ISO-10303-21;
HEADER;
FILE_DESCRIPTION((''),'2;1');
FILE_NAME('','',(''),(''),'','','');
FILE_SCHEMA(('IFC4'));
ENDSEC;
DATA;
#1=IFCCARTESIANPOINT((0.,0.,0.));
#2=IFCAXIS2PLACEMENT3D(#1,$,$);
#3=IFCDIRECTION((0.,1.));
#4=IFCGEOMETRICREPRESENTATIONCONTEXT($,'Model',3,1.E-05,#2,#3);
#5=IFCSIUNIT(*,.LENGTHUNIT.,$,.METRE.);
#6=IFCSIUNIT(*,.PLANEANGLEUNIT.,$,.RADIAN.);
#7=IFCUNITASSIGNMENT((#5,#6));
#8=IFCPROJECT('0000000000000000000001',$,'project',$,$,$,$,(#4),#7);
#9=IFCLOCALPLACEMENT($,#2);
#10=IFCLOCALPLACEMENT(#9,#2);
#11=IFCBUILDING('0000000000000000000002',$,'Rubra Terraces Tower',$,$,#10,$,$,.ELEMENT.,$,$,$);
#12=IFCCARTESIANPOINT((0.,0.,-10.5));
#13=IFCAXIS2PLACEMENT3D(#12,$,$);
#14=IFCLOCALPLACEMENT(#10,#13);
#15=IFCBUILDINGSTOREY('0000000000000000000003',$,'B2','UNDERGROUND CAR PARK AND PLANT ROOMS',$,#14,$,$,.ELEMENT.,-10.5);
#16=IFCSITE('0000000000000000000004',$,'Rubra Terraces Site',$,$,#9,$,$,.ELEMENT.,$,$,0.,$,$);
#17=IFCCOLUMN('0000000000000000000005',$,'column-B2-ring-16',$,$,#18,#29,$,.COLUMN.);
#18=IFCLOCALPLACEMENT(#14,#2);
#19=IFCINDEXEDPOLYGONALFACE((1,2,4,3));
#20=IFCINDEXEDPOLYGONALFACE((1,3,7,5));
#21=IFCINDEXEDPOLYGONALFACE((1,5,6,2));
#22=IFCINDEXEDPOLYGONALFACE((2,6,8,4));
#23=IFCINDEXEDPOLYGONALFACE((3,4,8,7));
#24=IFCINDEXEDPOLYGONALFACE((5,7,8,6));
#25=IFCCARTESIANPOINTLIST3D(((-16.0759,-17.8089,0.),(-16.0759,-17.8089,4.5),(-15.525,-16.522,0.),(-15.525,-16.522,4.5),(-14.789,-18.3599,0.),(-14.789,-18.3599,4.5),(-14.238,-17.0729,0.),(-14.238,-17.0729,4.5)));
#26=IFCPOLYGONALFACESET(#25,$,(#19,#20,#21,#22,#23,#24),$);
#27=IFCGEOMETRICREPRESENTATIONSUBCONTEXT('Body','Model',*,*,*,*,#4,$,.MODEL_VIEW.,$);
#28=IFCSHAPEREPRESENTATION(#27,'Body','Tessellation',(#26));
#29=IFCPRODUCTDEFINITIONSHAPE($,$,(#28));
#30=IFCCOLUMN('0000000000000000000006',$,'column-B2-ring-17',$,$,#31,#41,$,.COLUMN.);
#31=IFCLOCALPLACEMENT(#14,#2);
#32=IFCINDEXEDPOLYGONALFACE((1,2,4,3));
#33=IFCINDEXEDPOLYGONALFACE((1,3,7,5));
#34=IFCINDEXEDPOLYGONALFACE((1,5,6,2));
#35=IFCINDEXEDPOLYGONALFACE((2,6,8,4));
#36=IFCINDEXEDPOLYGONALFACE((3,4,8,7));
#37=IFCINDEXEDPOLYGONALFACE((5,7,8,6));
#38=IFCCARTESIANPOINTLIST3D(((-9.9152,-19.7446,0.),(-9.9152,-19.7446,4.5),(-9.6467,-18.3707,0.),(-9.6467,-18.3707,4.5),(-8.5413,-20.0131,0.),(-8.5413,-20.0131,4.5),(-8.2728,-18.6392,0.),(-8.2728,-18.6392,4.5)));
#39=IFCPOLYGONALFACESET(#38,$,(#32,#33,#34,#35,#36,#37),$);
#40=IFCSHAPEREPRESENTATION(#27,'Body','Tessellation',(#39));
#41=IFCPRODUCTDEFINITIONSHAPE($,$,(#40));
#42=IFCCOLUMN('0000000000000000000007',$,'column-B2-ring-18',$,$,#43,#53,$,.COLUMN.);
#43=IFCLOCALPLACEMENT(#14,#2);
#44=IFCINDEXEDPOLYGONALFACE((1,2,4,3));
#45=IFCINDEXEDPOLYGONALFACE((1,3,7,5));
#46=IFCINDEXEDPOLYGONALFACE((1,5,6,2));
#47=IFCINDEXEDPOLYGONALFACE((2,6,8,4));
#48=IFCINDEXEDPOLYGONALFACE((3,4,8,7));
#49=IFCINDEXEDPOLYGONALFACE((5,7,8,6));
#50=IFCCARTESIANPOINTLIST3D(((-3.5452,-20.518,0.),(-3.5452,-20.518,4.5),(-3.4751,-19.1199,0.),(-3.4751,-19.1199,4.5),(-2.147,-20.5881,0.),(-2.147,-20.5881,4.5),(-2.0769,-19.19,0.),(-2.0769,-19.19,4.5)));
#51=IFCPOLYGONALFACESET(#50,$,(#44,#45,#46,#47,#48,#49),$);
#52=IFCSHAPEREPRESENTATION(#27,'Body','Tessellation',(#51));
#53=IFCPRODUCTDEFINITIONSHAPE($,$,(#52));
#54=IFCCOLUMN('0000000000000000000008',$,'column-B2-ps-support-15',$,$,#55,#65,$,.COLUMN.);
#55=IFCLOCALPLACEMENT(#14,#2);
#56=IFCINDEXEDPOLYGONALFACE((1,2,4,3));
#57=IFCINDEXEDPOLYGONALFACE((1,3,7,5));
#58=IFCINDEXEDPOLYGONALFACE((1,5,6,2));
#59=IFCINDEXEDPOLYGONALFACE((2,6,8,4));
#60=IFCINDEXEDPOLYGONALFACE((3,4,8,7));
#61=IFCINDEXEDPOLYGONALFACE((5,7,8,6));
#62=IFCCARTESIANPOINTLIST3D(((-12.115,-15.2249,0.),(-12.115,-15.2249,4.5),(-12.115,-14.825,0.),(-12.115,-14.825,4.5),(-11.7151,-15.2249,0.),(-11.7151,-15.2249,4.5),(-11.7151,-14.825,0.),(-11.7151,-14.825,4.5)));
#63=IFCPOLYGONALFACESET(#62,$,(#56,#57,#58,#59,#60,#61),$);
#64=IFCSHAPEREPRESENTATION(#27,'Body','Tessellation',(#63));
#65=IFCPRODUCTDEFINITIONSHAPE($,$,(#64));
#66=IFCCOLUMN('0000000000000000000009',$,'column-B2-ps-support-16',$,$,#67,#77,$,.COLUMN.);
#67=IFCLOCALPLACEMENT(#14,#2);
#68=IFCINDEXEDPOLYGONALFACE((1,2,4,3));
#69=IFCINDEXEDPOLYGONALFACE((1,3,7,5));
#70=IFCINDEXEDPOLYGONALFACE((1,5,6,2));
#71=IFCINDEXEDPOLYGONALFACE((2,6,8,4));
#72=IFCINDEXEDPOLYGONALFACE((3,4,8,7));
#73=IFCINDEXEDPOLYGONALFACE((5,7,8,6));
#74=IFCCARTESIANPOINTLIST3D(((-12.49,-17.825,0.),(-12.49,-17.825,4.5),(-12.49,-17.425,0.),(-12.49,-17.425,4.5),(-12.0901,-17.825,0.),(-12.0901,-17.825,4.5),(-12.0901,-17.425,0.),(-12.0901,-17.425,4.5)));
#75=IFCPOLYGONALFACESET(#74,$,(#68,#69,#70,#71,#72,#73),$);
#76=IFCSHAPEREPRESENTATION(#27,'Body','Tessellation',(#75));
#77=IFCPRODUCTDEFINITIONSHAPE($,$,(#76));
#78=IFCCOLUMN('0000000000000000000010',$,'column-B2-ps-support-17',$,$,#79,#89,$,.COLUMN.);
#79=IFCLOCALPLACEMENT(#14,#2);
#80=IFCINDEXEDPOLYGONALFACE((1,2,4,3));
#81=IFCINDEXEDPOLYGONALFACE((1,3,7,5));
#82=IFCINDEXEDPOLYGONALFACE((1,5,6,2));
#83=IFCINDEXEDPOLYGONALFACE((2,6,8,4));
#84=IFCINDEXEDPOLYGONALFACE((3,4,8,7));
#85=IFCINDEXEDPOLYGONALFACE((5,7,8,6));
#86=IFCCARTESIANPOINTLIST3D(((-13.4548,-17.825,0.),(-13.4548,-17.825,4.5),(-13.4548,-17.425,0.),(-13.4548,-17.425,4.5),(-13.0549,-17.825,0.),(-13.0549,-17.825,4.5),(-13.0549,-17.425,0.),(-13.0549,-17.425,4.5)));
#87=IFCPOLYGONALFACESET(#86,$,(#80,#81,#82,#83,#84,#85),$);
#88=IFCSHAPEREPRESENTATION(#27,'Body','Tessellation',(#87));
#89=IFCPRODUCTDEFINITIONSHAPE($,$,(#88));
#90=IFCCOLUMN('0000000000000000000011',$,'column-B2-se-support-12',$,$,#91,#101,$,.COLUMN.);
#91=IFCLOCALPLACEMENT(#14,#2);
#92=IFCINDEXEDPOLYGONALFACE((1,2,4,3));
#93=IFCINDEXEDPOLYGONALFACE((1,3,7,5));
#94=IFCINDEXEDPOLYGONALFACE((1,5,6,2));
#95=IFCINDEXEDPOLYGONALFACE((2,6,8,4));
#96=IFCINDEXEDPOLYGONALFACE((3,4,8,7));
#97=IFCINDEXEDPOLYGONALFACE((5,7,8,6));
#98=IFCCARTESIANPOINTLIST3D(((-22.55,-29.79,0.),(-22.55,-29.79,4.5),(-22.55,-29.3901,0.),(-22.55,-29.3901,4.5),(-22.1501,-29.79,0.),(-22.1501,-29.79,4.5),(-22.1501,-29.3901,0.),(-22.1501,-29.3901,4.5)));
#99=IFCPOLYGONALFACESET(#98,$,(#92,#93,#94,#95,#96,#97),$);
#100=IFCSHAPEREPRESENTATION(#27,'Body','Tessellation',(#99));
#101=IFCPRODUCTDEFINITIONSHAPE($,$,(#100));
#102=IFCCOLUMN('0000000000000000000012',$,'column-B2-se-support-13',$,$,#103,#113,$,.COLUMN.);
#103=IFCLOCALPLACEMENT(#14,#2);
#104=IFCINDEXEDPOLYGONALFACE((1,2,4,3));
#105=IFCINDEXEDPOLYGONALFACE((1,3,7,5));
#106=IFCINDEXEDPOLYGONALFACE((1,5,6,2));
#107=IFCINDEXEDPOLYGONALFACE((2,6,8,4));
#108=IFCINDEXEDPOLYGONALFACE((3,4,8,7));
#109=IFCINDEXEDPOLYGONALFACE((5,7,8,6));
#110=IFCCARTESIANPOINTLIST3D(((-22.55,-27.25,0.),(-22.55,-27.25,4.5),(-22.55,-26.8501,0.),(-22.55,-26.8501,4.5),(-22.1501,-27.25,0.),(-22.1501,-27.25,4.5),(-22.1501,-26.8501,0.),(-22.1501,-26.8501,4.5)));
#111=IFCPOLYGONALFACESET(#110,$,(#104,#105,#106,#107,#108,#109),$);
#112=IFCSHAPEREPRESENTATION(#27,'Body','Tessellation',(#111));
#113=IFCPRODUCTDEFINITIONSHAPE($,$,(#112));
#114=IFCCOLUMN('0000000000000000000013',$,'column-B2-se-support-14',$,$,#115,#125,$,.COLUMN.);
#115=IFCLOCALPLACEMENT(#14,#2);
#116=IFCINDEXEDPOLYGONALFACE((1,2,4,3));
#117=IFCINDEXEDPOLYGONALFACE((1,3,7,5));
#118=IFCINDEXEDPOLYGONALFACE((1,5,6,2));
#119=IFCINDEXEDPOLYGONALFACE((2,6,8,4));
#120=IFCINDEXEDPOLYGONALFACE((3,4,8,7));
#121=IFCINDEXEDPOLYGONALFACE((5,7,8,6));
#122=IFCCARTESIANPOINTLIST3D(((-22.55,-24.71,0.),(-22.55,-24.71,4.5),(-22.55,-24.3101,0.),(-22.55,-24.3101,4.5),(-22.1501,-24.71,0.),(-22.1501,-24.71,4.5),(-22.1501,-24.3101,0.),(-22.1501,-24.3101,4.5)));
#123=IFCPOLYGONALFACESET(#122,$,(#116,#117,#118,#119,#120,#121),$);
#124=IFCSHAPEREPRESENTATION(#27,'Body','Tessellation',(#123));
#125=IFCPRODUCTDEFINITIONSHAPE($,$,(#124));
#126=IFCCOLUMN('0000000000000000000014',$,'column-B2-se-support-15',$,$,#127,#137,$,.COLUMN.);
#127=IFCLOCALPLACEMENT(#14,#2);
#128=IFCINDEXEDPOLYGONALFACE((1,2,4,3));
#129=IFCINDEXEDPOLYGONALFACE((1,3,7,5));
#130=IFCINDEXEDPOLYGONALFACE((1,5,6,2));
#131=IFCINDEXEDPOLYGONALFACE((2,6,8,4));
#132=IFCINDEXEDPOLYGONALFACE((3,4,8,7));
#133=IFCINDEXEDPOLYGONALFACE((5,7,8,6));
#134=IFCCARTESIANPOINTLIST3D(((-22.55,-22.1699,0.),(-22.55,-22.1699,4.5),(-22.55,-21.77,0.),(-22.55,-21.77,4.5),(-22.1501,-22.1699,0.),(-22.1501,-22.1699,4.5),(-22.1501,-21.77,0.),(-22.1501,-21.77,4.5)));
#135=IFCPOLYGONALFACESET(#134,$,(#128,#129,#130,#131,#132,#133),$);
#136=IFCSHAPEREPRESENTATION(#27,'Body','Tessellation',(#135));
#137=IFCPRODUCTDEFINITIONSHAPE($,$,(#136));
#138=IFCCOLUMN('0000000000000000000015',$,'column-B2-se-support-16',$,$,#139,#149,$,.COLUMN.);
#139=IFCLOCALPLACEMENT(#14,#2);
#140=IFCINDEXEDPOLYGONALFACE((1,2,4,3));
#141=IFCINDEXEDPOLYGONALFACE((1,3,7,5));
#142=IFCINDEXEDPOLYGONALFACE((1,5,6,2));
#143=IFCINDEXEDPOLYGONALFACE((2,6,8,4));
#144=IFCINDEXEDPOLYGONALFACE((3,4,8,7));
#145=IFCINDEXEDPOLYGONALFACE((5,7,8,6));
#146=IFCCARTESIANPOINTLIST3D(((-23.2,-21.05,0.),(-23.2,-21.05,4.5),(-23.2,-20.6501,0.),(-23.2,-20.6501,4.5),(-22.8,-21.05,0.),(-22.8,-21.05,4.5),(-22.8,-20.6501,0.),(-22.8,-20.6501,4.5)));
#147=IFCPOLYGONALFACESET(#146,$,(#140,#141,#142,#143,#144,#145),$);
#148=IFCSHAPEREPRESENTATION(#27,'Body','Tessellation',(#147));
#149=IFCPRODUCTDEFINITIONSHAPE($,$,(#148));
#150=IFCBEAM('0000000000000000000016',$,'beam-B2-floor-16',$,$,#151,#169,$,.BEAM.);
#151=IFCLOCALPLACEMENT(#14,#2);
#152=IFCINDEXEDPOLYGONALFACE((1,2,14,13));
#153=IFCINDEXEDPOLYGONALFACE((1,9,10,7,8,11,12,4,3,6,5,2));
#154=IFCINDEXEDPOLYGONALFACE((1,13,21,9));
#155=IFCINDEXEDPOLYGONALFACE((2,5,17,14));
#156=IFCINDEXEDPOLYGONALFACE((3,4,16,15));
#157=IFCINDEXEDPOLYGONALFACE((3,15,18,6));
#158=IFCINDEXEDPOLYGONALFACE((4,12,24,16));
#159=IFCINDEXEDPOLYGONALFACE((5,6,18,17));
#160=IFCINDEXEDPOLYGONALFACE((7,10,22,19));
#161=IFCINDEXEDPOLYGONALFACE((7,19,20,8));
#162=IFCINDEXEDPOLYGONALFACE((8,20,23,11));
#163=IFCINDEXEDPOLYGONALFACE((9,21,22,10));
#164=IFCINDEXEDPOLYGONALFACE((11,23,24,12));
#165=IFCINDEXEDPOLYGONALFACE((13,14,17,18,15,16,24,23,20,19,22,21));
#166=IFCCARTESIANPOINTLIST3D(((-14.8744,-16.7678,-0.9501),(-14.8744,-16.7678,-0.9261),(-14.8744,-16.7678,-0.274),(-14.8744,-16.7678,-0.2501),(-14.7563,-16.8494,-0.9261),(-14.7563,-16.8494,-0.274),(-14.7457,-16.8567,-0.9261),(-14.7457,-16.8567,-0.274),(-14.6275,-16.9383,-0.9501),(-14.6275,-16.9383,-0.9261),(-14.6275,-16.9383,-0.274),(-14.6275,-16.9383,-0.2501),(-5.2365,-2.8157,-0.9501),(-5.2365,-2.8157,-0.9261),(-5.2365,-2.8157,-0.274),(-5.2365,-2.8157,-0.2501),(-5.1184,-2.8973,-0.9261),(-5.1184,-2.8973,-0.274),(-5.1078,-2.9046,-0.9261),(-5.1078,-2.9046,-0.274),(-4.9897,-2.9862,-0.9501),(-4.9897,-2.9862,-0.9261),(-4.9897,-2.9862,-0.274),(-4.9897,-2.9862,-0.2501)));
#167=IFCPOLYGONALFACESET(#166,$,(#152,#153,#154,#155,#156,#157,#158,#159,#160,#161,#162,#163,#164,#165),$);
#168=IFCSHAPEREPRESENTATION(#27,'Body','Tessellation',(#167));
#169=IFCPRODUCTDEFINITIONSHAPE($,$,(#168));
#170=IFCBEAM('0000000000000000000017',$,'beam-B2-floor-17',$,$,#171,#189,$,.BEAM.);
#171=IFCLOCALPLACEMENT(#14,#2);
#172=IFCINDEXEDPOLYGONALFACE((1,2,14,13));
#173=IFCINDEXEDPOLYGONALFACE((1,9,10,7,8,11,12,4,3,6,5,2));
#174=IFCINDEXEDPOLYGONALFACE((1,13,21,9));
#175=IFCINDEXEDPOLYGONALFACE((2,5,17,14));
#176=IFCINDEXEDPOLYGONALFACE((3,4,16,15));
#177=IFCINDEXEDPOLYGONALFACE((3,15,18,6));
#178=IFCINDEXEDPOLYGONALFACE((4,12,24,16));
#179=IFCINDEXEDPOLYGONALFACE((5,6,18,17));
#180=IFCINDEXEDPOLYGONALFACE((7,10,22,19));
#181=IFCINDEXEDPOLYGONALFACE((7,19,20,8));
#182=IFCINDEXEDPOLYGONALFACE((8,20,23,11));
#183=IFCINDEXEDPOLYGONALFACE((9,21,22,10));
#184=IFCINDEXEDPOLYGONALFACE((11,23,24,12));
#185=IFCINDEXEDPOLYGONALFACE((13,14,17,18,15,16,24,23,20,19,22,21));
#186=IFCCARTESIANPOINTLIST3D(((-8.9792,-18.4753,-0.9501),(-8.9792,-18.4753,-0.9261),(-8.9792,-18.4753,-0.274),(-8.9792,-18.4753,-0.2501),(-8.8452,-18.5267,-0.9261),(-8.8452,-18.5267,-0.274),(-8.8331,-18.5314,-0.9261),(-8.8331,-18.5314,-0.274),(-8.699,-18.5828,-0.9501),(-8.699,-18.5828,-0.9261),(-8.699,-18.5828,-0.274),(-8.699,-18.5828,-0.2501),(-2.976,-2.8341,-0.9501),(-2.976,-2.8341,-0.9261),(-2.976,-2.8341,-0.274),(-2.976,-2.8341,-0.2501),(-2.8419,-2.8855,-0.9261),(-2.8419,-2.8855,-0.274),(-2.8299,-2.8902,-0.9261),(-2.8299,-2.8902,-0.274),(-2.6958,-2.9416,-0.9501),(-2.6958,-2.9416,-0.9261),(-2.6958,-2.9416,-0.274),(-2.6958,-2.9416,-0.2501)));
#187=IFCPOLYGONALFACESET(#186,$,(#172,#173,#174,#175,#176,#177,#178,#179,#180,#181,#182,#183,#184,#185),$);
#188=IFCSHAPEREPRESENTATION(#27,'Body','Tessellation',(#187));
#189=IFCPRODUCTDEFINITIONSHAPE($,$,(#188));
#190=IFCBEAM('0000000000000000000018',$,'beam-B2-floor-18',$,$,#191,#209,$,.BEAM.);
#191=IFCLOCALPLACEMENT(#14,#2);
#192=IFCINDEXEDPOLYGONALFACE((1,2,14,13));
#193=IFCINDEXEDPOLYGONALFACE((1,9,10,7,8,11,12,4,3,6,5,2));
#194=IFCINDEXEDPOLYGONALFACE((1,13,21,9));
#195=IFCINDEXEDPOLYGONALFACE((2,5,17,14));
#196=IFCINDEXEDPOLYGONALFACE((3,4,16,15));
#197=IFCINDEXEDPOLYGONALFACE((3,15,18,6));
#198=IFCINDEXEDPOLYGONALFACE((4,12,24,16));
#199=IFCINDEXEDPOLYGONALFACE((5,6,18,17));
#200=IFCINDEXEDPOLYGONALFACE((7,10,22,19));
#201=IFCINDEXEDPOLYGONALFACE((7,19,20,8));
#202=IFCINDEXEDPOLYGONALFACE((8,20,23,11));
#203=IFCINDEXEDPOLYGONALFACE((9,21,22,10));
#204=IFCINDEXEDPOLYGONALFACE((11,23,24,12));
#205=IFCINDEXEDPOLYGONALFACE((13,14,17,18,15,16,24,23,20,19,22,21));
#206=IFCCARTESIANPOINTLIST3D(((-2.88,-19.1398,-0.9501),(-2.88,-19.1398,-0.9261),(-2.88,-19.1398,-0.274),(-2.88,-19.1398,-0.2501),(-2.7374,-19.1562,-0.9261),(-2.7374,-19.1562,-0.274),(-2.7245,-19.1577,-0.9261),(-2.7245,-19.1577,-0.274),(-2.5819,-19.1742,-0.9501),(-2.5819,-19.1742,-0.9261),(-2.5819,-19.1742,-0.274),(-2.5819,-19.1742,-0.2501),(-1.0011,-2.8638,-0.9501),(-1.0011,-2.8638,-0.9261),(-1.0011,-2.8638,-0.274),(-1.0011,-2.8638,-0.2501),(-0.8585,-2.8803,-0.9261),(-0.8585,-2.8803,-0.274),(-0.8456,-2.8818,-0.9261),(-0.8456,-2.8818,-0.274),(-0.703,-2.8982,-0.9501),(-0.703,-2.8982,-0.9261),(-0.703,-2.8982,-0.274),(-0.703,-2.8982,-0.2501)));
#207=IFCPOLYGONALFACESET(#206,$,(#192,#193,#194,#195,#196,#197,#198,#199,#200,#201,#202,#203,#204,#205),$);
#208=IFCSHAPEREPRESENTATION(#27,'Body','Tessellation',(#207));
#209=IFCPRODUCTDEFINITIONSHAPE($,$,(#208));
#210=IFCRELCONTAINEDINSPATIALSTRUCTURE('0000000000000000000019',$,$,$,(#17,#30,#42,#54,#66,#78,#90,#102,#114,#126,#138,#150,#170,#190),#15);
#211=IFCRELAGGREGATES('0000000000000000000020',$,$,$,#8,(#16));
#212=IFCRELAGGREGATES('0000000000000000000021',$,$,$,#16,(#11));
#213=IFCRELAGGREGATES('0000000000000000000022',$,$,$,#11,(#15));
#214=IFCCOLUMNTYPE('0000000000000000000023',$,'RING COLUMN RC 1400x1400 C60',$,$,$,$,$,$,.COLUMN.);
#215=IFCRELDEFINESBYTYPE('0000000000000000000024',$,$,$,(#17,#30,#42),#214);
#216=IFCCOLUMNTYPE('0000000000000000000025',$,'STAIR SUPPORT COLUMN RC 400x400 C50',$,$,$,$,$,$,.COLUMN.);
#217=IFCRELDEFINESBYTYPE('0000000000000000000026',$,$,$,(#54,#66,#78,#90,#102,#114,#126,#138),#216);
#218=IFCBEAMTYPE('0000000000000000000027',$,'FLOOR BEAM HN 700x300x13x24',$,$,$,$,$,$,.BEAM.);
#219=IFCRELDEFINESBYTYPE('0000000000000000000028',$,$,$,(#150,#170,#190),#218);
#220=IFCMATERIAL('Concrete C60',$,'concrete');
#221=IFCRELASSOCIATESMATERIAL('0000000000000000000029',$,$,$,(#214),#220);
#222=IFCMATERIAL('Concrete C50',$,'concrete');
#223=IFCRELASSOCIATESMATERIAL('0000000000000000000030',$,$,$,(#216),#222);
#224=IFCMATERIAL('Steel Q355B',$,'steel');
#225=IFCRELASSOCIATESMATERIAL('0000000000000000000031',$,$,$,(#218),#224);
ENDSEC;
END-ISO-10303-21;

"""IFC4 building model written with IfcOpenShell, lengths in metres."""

from ifc_helpers import new_model, si_unit, direction, frame, origin, origin_2d, place, context, subcontext, project, spatial, rectangle, i_section, extrude, material, material_profile, profile_set, type_object, element, save


model = new_model("IFC4")

# Units and contexts
model_context = context("Model", 3, precision=1e-05, world=origin(), true_north=direction((0.0, 1.0)))
body_context = subcontext(model_context, "Body", "Model", "MODEL_VIEW")
ifc_project = project(units=[si_unit("LENGTHUNIT", "METRE"), si_unit("PLANEANGLEUNIT", "RADIAN")], contexts=[model_context])

# Site, building, storey
site_placement = place(None, origin())
site = spatial("IfcSite", under=ifc_project, at=site_placement, Name="Rubra Terraces Site", CompositionType="ELEMENT", RefElevation=0.0)
building_placement = place(site_placement, origin())
building = spatial("IfcBuilding", under=site, at=building_placement, Name="Rubra Terraces Tower", CompositionType="ELEMENT")
storey_placement = place(building_placement, frame((0.0, 0.0, -10.5)))
storey = spatial("IfcBuildingStorey", under=building, at=storey_placement, Name="B2", Description="UNDERGROUND CAR PARK AND PLANT ROOMS", CompositionType="ELEMENT", Elevation=-10.5)

# Columns
ifc_material_1 = material(Name="Concrete C60", Category="concrete")
ifc_material_profile_1 = material_profile(ifc_material_1, rectangle(XDim=1.3999, YDim=1.3999, at=origin_2d()), Name="RC 1400x1400")
ifc_profile_set_1 = profile_set([ifc_material_profile_1], Name="Concrete C60")
column_type_1 = type_object("IfcColumnType", Name="RING COLUMN RC 1400x1400 C60", PredefinedType="COLUMN", material=ifc_profile_set_1)
for number, where, z_axis, x_axis, name in (
    (1, (-15.157, -17.4409, 0.0), (0.0, 0.0, 1.0), (0.919294, -0.393572, 0.0), "column-B2-ring-16"),
    (2, (-9.094, -19.1919, 0.0), (0.0, 0.0, 1.0), (0.98143, -0.191819, 0.0), "column-B2-ring-17"),
    (3, (-2.811, -19.854, 0.0), (0.0, 0.0, 1.0), (0.998745, -0.050084, 0.0), "column-B2-ring-18"),
):
    element("IfcColumn", number, at=place(storey_placement, frame(where, z_axis=z_axis, x_axis=x_axis)), inside=storey, type_object=column_type_1, Name=name, PredefinedType="COLUMN", context=body_context, shape_type="SweptSolid", body=[
        extrude(rectangle(XDim=1.3999, YDim=1.3999, at=origin_2d()), origin(), (0.0, 0.0, 1.0), 4.5),
    ])
ifc_material_2 = material(Name="Concrete C50", Category="concrete")
ifc_material_profile_2 = material_profile(ifc_material_2, rectangle(XDim=0.3999, YDim=0.3999, at=origin_2d()), Name="RC 400x400")
ifc_profile_set_2 = profile_set([ifc_material_profile_2], Name="Concrete C50")
column_type_2 = type_object("IfcColumnType", Name="STAIR SUPPORT COLUMN RC 400x400 C50", PredefinedType="COLUMN", material=ifc_profile_set_2)
for number, where, z_axis, x_axis, name in (
    (4, (-11.915, -15.0249, 0.0), (0.0, 0.0, 1.0), (1.0, 0.0, 0.0), "column-B2-ps-support-15"),
    (5, (-12.29, -17.625, 0.0), (0.0, 0.0, 1.0), (1.0, 0.0, 0.0), "column-B2-ps-support-16"),
    (6, (-13.2549, -17.625, 0.0), (0.0, 0.0, 1.0), (1.0, 0.0, 0.0), "column-B2-ps-support-17"),
    (7, (-22.3501, -29.5901, 0.0), (0.0, 0.0, 1.0), (1.0, 0.0, 0.0), "column-B2-se-support-12"),
    (8, (-22.3501, -27.05, 0.0), (0.0, 0.0, 1.0), (1.0, 0.0, 0.0), "column-B2-se-support-13"),
    (9, (-22.3501, -24.51, 0.0), (0.0, 0.0, 1.0), (1.0, 0.0, 0.0), "column-B2-se-support-14"),
    (10, (-22.3501, -21.97, 0.0), (0.0, 0.0, 1.0), (1.0, 0.0, 0.0), "column-B2-se-support-15"),
    (11, (-23.0, -20.8501, 0.0), (0.0, 0.0, 1.0), (1.0, 0.0, 0.0), "column-B2-se-support-16"),
):
    element("IfcColumn", number, at=place(storey_placement, frame(where, z_axis=z_axis, x_axis=x_axis)), inside=storey, type_object=column_type_2, Name=name, PredefinedType="COLUMN", context=body_context, shape_type="SweptSolid", body=[
        extrude(rectangle(XDim=0.3999, YDim=0.3999, at=origin_2d()), origin(), (0.0, 0.0, 1.0), 4.5),
    ])

# Beams
ifc_material_3 = material(Name="Steel Q355B", Category="steel")
ifc_material_profile_3 = material_profile(ifc_material_3, i_section(OverallWidth=0.3, OverallDepth=0.7, WebThickness=0.0129, FlangeThickness=0.0239, at=origin_2d()), Name="HN 700x300x13x24")
ifc_profile_set_3 = profile_set([ifc_material_profile_3], Name="Steel Q355B")
beam_type_1 = type_object("IfcBeamType", Name="FLOOR BEAM HN 700x300x13x24", PredefinedType="BEAM", material=ifc_profile_set_3)
beam_1_placement = place(storey_placement, frame((-14.751, -16.853, -0.6001), z_axis=(0.568363, 0.822778, 0.0), x_axis=(-0.822778, 0.568363, 0.0)))
element("IfcBeam", 12, at=beam_1_placement, inside=storey, type_object=beam_type_1, Name="beam-B2-floor-16", PredefinedType="BEAM", context=body_context, shape_type="SweptSolid", body=[
    extrude(i_section(OverallWidth=0.3, OverallDepth=0.7, WebThickness=0.0129, FlangeThickness=0.0239, at=origin_2d()), origin(), (0.0, 0.0, 1.0), 16.9573),
])
beam_2_placement = place(storey_placement, frame((-8.8391, -18.5291, -0.6001), z_axis=(0.358322, 0.933598, 0.0), x_axis=(-0.933598, 0.358322, 0.0)))
element("IfcBeam", 13, at=beam_2_placement, inside=storey, type_object=beam_type_1, Name="beam-B2-floor-17", PredefinedType="BEAM", context=body_context, shape_type="SweptSolid", body=[
    extrude(i_section(OverallWidth=0.3, OverallDepth=0.7, WebThickness=0.0129, FlangeThickness=0.0239, at=origin_2d()), origin(), (0.0, 0.0, 1.0), 16.7537),
])
beam_3_placement = place(storey_placement, frame((-2.731, -19.157, -0.6001), z_axis=(0.11468, 0.993403, 0.0), x_axis=(-0.993403, 0.11468, 0.0)))
element("IfcBeam", 14, at=beam_3_placement, inside=storey, type_object=beam_type_1, Name="beam-B2-floor-18", PredefinedType="BEAM", context=body_context, shape_type="SweptSolid", body=[
    extrude(i_section(OverallWidth=0.3, OverallDepth=0.7, WebThickness=0.0129, FlangeThickness=0.0239, at=origin_2d()), origin(), (0.0, 0.0, 1.0), 16.384),
])

save(model, "model.ifc")
